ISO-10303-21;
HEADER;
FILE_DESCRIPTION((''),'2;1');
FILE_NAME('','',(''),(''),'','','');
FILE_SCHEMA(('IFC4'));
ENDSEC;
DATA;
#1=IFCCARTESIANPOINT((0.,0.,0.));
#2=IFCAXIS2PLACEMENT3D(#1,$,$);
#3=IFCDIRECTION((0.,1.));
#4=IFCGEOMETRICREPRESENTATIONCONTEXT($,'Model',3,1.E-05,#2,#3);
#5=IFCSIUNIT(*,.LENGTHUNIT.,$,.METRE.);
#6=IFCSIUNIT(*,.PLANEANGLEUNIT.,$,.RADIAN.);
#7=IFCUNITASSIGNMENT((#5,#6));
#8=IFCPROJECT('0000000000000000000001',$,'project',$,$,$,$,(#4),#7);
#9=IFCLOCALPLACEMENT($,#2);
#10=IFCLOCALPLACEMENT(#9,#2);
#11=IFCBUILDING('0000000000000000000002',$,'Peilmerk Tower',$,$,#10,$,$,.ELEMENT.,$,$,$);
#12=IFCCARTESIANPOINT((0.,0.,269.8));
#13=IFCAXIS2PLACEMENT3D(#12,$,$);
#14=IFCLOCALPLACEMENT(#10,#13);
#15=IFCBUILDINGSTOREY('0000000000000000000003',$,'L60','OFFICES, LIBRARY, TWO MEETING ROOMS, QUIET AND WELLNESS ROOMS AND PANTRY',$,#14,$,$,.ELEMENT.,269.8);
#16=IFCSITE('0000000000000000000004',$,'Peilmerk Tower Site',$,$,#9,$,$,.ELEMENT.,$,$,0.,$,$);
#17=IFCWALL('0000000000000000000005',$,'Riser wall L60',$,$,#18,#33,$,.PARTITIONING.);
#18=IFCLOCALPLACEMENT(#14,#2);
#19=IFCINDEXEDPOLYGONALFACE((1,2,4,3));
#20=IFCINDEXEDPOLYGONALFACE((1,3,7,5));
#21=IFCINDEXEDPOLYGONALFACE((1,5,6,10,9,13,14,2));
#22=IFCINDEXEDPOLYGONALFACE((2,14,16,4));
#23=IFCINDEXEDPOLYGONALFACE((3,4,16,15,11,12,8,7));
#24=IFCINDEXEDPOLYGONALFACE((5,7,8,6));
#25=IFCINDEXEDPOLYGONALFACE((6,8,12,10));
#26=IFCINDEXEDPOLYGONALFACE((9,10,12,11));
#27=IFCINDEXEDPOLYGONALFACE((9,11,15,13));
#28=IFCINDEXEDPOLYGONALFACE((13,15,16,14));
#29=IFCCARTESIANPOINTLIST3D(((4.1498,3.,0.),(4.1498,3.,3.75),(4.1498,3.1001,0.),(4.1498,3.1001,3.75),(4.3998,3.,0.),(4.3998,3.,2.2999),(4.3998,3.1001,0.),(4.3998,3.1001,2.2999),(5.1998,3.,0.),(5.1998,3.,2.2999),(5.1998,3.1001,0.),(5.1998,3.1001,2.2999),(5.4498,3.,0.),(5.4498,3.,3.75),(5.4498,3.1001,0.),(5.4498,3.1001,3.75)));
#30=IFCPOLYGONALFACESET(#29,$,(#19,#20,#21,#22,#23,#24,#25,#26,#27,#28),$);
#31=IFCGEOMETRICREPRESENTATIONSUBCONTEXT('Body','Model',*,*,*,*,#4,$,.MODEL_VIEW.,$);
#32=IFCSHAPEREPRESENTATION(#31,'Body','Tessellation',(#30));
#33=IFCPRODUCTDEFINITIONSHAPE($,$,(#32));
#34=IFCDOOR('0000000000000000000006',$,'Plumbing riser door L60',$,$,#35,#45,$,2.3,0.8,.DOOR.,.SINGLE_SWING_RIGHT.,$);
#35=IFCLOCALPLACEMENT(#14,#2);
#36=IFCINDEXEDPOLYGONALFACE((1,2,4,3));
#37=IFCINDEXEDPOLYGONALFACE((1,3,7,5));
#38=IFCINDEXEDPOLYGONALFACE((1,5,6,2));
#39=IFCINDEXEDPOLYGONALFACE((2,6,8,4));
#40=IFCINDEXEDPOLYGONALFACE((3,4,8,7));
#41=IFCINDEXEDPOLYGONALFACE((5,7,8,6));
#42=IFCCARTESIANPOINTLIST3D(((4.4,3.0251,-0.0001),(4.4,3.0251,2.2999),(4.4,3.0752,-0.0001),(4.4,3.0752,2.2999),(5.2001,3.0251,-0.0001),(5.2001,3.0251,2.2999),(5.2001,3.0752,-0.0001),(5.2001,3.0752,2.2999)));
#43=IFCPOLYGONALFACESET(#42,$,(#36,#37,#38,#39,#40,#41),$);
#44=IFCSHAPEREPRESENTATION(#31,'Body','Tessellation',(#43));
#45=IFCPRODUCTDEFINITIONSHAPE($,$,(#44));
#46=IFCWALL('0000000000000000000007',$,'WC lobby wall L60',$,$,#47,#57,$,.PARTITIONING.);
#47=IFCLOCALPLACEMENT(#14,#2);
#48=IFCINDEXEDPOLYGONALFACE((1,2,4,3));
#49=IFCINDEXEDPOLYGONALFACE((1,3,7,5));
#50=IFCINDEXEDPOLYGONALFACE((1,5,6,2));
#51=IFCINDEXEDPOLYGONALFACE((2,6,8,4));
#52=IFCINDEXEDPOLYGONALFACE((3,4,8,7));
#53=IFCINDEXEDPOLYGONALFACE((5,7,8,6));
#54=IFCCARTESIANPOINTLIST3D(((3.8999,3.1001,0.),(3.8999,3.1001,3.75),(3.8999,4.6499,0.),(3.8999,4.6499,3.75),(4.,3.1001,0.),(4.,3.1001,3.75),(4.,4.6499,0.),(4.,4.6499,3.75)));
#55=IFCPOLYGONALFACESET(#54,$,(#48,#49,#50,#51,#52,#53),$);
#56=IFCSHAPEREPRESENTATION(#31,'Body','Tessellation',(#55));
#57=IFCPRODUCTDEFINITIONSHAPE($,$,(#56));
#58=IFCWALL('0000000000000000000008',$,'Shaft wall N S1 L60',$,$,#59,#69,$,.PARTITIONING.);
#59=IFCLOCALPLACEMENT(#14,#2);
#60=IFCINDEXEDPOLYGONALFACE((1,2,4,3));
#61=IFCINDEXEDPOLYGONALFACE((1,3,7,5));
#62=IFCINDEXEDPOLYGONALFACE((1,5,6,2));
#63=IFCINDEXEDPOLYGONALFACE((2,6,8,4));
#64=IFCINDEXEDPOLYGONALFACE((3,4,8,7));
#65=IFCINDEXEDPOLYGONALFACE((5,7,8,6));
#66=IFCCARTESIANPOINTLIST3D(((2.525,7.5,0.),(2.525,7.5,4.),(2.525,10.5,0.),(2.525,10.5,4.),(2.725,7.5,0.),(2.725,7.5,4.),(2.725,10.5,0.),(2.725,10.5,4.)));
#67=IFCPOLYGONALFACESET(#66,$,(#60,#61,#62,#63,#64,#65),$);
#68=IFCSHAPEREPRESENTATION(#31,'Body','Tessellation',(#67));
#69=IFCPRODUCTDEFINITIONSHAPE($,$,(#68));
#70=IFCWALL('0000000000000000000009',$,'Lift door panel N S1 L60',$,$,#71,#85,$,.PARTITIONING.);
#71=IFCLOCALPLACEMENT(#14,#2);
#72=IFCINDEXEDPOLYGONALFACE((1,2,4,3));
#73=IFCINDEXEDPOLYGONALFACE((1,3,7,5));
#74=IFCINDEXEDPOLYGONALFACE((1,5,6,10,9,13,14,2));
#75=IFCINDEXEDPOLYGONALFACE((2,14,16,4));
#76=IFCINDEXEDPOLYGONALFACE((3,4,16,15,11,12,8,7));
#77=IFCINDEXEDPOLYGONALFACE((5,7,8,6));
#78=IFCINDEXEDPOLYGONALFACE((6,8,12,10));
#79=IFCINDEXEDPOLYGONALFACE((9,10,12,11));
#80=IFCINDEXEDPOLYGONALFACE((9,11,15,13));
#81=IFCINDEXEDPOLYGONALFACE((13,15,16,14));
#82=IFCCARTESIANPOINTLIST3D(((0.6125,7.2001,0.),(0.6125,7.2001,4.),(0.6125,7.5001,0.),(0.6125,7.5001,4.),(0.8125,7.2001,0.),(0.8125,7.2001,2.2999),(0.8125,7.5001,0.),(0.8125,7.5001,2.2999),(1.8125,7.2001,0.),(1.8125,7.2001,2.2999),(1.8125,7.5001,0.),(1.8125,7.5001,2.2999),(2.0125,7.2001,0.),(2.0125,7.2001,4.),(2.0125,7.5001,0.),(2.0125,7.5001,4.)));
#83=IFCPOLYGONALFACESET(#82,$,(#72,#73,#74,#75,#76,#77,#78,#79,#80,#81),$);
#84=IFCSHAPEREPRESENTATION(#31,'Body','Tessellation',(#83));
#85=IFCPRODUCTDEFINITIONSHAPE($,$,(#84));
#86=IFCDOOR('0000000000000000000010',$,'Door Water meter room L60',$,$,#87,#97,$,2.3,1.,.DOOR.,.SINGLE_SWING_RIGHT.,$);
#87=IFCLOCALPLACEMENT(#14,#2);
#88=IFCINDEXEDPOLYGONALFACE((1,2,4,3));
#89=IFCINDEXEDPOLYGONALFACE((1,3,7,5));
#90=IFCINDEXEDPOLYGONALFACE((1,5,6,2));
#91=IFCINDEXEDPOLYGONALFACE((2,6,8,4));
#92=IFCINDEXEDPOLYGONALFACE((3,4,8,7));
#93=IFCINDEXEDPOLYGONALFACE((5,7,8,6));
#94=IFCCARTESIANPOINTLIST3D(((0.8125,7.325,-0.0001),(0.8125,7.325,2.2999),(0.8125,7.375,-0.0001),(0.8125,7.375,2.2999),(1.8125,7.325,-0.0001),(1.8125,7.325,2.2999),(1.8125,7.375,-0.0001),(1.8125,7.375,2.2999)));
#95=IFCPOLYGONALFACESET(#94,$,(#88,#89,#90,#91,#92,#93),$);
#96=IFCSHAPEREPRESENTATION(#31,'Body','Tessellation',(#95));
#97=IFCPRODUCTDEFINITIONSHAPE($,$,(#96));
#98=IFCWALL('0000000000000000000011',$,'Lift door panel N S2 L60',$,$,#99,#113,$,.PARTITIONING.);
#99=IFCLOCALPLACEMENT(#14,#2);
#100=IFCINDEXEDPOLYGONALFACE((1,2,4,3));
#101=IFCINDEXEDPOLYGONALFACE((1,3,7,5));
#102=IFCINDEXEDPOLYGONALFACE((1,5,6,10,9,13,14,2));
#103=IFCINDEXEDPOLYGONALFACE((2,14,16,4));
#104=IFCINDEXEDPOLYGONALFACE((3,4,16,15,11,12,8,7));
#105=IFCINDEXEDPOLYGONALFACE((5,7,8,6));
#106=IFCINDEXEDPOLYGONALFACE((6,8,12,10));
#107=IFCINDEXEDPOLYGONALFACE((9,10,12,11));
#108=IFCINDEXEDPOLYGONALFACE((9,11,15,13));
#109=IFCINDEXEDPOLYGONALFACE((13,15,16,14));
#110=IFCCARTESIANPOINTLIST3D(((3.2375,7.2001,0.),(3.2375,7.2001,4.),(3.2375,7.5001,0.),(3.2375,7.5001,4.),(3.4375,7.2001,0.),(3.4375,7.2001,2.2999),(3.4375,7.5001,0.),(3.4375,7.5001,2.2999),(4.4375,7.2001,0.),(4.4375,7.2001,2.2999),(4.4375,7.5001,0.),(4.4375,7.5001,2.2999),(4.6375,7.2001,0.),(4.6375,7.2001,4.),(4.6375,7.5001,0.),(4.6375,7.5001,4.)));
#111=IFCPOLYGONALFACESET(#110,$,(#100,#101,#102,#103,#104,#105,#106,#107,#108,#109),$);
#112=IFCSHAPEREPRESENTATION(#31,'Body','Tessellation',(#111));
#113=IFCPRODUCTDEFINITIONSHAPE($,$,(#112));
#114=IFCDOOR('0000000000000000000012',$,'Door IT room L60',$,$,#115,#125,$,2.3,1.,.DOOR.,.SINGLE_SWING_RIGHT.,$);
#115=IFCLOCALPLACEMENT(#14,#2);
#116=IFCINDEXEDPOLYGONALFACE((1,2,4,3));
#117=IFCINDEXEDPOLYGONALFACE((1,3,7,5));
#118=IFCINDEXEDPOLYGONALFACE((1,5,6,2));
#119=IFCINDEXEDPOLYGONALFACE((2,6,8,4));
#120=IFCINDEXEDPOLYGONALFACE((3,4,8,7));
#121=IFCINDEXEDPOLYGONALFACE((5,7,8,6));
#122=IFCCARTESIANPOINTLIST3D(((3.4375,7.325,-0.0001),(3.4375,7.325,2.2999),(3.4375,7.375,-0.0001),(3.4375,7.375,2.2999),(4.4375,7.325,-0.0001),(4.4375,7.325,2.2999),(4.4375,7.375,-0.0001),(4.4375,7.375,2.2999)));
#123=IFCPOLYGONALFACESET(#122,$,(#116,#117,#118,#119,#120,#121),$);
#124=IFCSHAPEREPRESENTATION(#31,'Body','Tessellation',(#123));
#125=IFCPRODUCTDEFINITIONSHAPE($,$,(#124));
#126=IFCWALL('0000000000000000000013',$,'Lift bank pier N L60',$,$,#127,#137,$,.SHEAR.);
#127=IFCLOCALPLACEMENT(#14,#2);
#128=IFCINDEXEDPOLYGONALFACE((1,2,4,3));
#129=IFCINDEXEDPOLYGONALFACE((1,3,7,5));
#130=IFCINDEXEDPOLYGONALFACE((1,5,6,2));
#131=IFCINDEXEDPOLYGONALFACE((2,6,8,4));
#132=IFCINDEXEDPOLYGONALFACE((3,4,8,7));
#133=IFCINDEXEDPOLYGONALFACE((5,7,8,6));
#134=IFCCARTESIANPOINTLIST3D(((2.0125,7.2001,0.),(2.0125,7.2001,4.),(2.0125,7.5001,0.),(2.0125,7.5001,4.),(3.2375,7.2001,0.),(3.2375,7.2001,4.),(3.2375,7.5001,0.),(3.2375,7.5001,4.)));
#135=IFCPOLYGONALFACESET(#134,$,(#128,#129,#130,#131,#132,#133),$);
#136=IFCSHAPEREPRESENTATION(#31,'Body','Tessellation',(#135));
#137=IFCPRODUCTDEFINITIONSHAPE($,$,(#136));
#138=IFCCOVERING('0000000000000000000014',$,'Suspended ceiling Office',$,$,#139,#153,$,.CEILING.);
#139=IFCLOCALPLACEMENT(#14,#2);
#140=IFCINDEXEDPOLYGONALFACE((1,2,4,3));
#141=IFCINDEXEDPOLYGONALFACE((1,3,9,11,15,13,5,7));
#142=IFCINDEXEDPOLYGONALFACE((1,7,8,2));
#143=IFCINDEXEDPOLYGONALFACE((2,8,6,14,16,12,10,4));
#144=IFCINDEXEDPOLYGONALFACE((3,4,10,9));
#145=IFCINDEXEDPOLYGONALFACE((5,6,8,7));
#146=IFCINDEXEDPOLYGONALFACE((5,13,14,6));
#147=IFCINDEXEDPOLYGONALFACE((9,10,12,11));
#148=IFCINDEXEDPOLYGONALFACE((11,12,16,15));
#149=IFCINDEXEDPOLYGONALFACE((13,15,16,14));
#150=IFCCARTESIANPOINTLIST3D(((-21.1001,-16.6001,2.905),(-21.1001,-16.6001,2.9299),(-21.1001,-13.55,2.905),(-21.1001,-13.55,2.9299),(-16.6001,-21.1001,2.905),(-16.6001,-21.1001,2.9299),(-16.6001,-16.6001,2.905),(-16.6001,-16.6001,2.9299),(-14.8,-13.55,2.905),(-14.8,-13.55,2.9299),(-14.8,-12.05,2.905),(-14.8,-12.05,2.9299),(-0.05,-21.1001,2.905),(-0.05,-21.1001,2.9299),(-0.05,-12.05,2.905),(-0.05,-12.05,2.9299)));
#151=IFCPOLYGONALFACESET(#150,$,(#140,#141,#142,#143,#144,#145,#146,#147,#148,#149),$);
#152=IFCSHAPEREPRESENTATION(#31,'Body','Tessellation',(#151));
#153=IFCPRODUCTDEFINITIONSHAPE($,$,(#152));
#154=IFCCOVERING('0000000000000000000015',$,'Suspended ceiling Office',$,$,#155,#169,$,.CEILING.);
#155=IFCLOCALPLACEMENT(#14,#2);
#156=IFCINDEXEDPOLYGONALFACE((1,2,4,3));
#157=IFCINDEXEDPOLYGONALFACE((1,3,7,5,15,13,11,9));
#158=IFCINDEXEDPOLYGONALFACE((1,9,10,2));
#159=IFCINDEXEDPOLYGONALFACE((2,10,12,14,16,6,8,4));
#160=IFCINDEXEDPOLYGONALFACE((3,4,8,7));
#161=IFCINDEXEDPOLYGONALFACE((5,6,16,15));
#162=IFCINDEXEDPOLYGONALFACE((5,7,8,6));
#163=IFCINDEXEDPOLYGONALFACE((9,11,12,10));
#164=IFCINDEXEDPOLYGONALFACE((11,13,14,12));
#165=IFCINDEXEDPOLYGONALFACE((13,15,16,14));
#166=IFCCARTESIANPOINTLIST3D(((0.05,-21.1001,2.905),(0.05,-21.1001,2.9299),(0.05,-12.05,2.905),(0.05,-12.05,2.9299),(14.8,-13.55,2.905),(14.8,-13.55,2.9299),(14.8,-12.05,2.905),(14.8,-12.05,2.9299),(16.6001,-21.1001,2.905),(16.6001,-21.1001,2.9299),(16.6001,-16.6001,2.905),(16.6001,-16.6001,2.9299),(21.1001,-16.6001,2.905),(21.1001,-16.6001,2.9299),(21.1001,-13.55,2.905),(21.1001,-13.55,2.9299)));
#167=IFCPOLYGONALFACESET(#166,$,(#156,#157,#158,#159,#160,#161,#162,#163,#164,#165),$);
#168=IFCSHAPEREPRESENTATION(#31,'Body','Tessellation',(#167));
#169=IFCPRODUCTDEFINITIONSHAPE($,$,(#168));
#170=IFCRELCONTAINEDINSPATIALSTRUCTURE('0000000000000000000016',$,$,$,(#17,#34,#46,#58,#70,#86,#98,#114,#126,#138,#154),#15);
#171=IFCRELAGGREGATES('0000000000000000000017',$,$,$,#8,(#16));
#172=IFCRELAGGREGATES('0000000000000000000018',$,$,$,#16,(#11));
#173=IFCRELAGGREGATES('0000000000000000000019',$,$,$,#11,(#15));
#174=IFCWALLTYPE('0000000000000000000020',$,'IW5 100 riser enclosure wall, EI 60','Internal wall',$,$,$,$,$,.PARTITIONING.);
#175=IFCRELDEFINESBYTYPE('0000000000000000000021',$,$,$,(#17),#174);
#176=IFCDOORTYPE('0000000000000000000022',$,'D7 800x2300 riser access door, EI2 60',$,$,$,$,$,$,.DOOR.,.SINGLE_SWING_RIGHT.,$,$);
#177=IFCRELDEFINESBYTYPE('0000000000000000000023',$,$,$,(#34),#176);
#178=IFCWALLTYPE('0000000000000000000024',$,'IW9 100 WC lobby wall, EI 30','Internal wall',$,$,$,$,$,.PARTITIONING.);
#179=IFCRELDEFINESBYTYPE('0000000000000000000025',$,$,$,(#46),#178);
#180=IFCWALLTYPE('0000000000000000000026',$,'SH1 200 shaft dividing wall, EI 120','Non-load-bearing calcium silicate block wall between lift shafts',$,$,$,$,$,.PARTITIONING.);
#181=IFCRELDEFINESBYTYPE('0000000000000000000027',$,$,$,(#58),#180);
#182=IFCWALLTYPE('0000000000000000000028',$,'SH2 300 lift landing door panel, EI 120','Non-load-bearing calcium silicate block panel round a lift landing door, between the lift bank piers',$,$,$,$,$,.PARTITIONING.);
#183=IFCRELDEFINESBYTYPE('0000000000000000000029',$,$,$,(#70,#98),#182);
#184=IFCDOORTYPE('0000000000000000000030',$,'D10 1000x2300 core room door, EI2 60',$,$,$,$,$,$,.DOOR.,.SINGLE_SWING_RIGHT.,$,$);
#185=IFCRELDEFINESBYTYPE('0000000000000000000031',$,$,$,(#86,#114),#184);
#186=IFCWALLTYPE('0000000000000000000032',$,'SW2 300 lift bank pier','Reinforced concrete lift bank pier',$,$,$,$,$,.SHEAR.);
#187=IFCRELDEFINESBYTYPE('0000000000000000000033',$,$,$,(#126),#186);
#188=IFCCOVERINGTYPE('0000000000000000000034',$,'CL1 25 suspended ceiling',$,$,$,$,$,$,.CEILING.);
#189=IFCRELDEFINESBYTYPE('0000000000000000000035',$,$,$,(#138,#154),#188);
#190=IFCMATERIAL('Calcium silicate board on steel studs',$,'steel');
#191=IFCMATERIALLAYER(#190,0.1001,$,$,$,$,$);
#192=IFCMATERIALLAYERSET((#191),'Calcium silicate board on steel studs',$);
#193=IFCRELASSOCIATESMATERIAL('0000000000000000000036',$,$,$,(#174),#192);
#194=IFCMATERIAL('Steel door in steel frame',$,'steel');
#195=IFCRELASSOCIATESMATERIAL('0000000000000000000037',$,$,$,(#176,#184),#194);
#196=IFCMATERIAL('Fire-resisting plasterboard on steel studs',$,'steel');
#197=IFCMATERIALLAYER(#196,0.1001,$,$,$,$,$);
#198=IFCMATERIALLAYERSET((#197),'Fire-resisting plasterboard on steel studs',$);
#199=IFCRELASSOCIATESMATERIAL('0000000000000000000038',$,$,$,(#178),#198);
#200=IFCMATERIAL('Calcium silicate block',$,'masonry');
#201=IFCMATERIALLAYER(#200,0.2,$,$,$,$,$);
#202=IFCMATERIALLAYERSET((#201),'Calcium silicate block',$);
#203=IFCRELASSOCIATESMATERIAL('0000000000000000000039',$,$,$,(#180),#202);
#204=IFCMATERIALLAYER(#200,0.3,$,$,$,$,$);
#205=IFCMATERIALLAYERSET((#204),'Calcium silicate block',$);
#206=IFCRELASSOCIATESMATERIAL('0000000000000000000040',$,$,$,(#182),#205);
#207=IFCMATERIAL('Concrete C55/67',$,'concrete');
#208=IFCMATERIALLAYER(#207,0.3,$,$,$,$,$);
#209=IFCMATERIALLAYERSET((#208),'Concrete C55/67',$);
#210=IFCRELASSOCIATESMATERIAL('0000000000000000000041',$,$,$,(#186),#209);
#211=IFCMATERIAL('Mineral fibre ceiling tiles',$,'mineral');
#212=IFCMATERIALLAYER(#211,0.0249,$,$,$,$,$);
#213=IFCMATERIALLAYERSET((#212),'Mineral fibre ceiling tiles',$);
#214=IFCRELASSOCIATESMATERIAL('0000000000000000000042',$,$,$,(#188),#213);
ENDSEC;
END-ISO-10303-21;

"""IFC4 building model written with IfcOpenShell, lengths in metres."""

from ifc_helpers import new_model, si_unit, direction, frame, frame_2d, origin, place, context, subcontext, project, spatial, polyline, rectangle, outline, extrude, material, layer, layer_set, type_object, element, fill, save


model = new_model("IFC4")

# Units and contexts
model_context = context("Model", 3, precision=1e-05, world=origin(), true_north=direction((0.0, 1.0)))
body_context = subcontext(model_context, "Body", "Model", "MODEL_VIEW")
ifc_project = project(units=[si_unit("LENGTHUNIT", "METRE"), si_unit("PLANEANGLEUNIT", "RADIAN")], contexts=[model_context])

# Site, building, storey
site_placement = place(None, origin())
site = spatial("IfcSite", under=ifc_project, at=site_placement, Name="Peilmerk Tower Site", CompositionType="ELEMENT", RefElevation=0.0)
building_placement = place(site_placement, origin())
building = spatial("IfcBuilding", under=site, at=building_placement, Name="Peilmerk Tower", CompositionType="ELEMENT")
storey_placement = place(building_placement, frame((0.0, 0.0, 269.8)))
storey = spatial("IfcBuildingStorey", under=building, at=storey_placement, Name="L60", Description="OFFICES, LIBRARY, TWO MEETING ROOMS, QUIET AND WELLNESS ROOMS AND PANTRY", CompositionType="ELEMENT", Elevation=269.8)

# Wall, opening, door
ifc_material_1 = material(Name="Calcium silicate board on steel studs", Category="steel")
ifc_layer_1 = layer(ifc_material_1, 0.1001)
ifc_layer_set_1 = layer_set([ifc_layer_1], Name="Calcium silicate board on steel studs")
wall_type_1 = type_object("IfcWallType", Name="IW5 100 riser enclosure wall, EI 60", Description="Internal wall", PredefinedType="PARTITIONING", material=ifc_layer_set_1)
wall_1_placement = place(storey_placement, frame((4.1499, 3.05, 0.0), z_axis=(0.0, 0.0, 1.0), x_axis=(1.0, 0.0, 0.0)))
wall_1 = element("IfcWall", 1, at=wall_1_placement, inside=storey, type_object=wall_type_1, Name="Riser wall L60", PredefinedType="PARTITIONING", context=body_context, shape_type="SweptSolid", body=[
    extrude(rectangle(XDim=1.3, YDim=0.1001, at=frame_2d((0.6499, 0.0))), origin(), (0.0, 0.0, 1.0), 3.75),
])
opening_1_placement = place(wall_1_placement, frame((0.25, 0.0, 0.0)))
opening_1 = element("IfcOpeningElement", 2, at=opening_1_placement, cuts=wall_1, PredefinedType="OPENING", context=body_context, shape_type="SweptSolid", body=[
    extrude(rectangle(XDim=0.8, YDim=2.3, at=frame_2d((0.3999, 1.1499))), frame((0.0, 0.0601, 0.0), z_axis=(0.0, -1.0, 0.0), x_axis=(1.0, 0.0, 0.0)), (0.0, 0.0, 1.0), 0.1201),
])
ifc_material_2 = material(Name="Steel door in steel frame", Category="steel")
door_type_1 = type_object("IfcDoorType", Name="D7 800x2300 riser access door, EI2 60", OperationType="SINGLE_SWING_RIGHT", PredefinedType="DOOR", material=ifc_material_2)
door_1_placement = place(opening_1_placement, frame((0.8, 0.0, 0.0), z_axis=(0.0, 0.0, 1.0), x_axis=(-1.0, 0.0, 0.0)))
door_1 = element("IfcDoor", 3, at=door_1_placement, inside=storey, type_object=door_type_1, Name="Plumbing riser door L60", OperationType="SINGLE_SWING_RIGHT", OverallHeight=2.3, OverallWidth=0.8, PredefinedType="DOOR", context=body_context, shape_type="SweptSolid", body=[
    extrude(rectangle(XDim=0.8, YDim=2.3, at=frame_2d((0.3999, 1.1499))), frame((0.0, 0.0249, 0.0), z_axis=(0.0, -1.0, 0.0), x_axis=(1.0, 0.0, 0.0)), (0.0, 0.0, 1.0), 0.05),
])
fill(opening_1, door_1)

# Walls
ifc_material_3 = material(Name="Fire-resisting plasterboard on steel studs", Category="steel")
ifc_layer_2 = layer(ifc_material_3, 0.1001)
ifc_layer_set_2 = layer_set([ifc_layer_2], Name="Fire-resisting plasterboard on steel studs")
wall_type_2 = type_object("IfcWallType", Name="IW9 100 WC lobby wall, EI 30", Description="Internal wall", PredefinedType="PARTITIONING", material=ifc_layer_set_2)
wall_2_placement = place(storey_placement, frame((3.95, 3.1001, 0.0), z_axis=(0.0, 0.0, 1.0), x_axis=(0.0, 1.0, 0.0)))
element("IfcWall", 4, at=wall_2_placement, inside=storey, type_object=wall_type_2, Name="WC lobby wall L60", PredefinedType="PARTITIONING", context=body_context, shape_type="SweptSolid", body=[
    extrude(rectangle(XDim=1.5498, YDim=0.1001, at=frame_2d((0.7749, 0.0))), origin(), (0.0, 0.0, 1.0), 3.75),
])
ifc_material_4 = material(Name="Calcium silicate block", Category="masonry")
ifc_layer_3 = layer(ifc_material_4, 0.2)
ifc_layer_set_3 = layer_set([ifc_layer_3], Name="Calcium silicate block")
wall_type_3 = type_object("IfcWallType", Name="SH1 200 shaft dividing wall, EI 120", Description="Non-load-bearing calcium silicate block wall between lift shafts", PredefinedType="PARTITIONING", material=ifc_layer_set_3)
wall_3_placement = place(storey_placement, frame((2.625, 7.5, 0.0), z_axis=(0.0, 0.0, 1.0), x_axis=(0.0, 1.0, 0.0)))
element("IfcWall", 5, at=wall_3_placement, inside=storey, type_object=wall_type_3, Name="Shaft wall N S1 L60", PredefinedType="PARTITIONING", context=body_context, shape_type="SweptSolid", body=[
    extrude(rectangle(XDim=3.0, YDim=0.2, at=frame_2d((1.5, 0.0))), origin(), (0.0, 0.0, 1.0), 4.0),
])

# Walls, openings, doors
ifc_layer_4 = layer(ifc_material_4, 0.3)
ifc_layer_set_4 = layer_set([ifc_layer_4], Name="Calcium silicate block")
wall_type_4 = type_object("IfcWallType", Name="SH2 300 lift landing door panel, EI 120", Description="Non-load-bearing calcium silicate block panel round a lift landing door, between the lift bank piers", PredefinedType="PARTITIONING", material=ifc_layer_set_4)
wall_4_placement = place(storey_placement, frame((0.6125, 7.3501, 0.0), z_axis=(0.0, 0.0, 1.0), x_axis=(1.0, 0.0, 0.0)))
wall_4 = element("IfcWall", 6, at=wall_4_placement, inside=storey, type_object=wall_type_4, Name="Lift door panel N S1 L60", PredefinedType="PARTITIONING", context=body_context, shape_type="SweptSolid", body=[
    extrude(rectangle(XDim=1.3999, YDim=0.3, at=frame_2d((0.7, 0.0))), origin(), (0.0, 0.0, 1.0), 4.0),
])
opening_2_placement = place(wall_4_placement, frame((0.2, 0.0, 0.0)))
opening_2 = element("IfcOpeningElement", 7, at=opening_2_placement, cuts=wall_4, PredefinedType="OPENING", context=body_context, shape_type="SweptSolid", body=[
    extrude(rectangle(XDim=1.0, YDim=2.3, at=frame_2d((0.5, 1.1499))), frame((0.0, 0.1599, 0.0), z_axis=(0.0, -1.0, 0.0), x_axis=(1.0, 0.0, 0.0)), (0.0, 0.0, 1.0), 0.3201),
])
door_type_2 = type_object("IfcDoorType", Name="D10 1000x2300 core room door, EI2 60", OperationType="SINGLE_SWING_RIGHT", PredefinedType="DOOR", material=ifc_material_2)
door_2_placement = place(opening_2_placement, origin())
door_2 = element("IfcDoor", 8, at=door_2_placement, inside=storey, type_object=door_type_2, Name="Door Water meter room L60", OperationType="SINGLE_SWING_RIGHT", OverallHeight=2.3, OverallWidth=1.0, PredefinedType="DOOR", context=body_context, shape_type="SweptSolid", body=[
    extrude(rectangle(XDim=1.0, YDim=2.3, at=frame_2d((0.5, 1.1499))), frame((0.0, 0.0249, 0.0), z_axis=(0.0, -1.0, 0.0), x_axis=(1.0, 0.0, 0.0)), (0.0, 0.0, 1.0), 0.05),
])
fill(opening_2, door_2)
wall_5_placement = place(storey_placement, frame((3.2375, 7.3501, 0.0), z_axis=(0.0, 0.0, 1.0), x_axis=(1.0, 0.0, 0.0)))
wall_5 = element("IfcWall", 9, at=wall_5_placement, inside=storey, type_object=wall_type_4, Name="Lift door panel N S2 L60", PredefinedType="PARTITIONING", context=body_context, shape_type="SweptSolid", body=[
    extrude(rectangle(XDim=1.3999, YDim=0.3, at=frame_2d((0.7, 0.0))), origin(), (0.0, 0.0, 1.0), 4.0),
])
opening_3_placement = place(wall_5_placement, frame((0.2, 0.0, 0.0)))
opening_3 = element("IfcOpeningElement", 10, at=opening_3_placement, cuts=wall_5, PredefinedType="OPENING", context=body_context, shape_type="SweptSolid", body=[
    extrude(rectangle(XDim=1.0, YDim=2.3, at=frame_2d((0.5, 1.1499))), frame((0.0, 0.1599, 0.0), z_axis=(0.0, -1.0, 0.0), x_axis=(1.0, 0.0, 0.0)), (0.0, 0.0, 1.0), 0.3201),
])
door_3_placement = place(opening_3_placement, origin())
door_3 = element("IfcDoor", 11, at=door_3_placement, inside=storey, type_object=door_type_2, Name="Door IT room L60", OperationType="SINGLE_SWING_RIGHT", OverallHeight=2.3, OverallWidth=1.0, PredefinedType="DOOR", context=body_context, shape_type="SweptSolid", body=[
    extrude(rectangle(XDim=1.0, YDim=2.3, at=frame_2d((0.5, 1.1499))), frame((0.0, 0.0249, 0.0), z_axis=(0.0, -1.0, 0.0), x_axis=(1.0, 0.0, 0.0)), (0.0, 0.0, 1.0), 0.05),
])
fill(opening_3, door_3)

# Wall
ifc_material_5 = material(Name="Concrete C55/67", Category="concrete")
ifc_layer_5 = layer(ifc_material_5, 0.3)
ifc_layer_set_5 = layer_set([ifc_layer_5], Name="Concrete C55/67")
wall_type_5 = type_object("IfcWallType", Name="SW2 300 lift bank pier", Description="Reinforced concrete lift bank pier", PredefinedType="SHEAR", material=ifc_layer_set_5)
wall_6_placement = place(storey_placement, frame((2.0125, 7.3501, 0.0), z_axis=(0.0, 0.0, 1.0), x_axis=(1.0, 0.0, 0.0)))
element("IfcWall", 12, at=wall_6_placement, inside=storey, type_object=wall_type_5, Name="Lift bank pier N L60", PredefinedType="SHEAR", context=body_context, shape_type="SweptSolid", body=[
    extrude(rectangle(XDim=1.2251, YDim=0.3, at=frame_2d((0.6125, 0.0))), origin(), (0.0, 0.0, 1.0), 4.0),
])

# Coverings
ifc_material_6 = material(Name="Mineral fibre ceiling tiles", Category="mineral")
ifc_layer_6 = layer(ifc_material_6, 0.0249)
ifc_layer_set_6 = layer_set([ifc_layer_6], Name="Mineral fibre ceiling tiles")
covering_type = type_object("IfcCoveringType", Name="CL1 25 suspended ceiling", PredefinedType="CEILING", material=ifc_layer_set_6)
covering_1_placement = place(storey_placement, frame((0.0, 0.0, 2.905)))
element("IfcCovering", 13, at=covering_1_placement, inside=storey, type_object=covering_type, Name="Suspended ceiling Office", PredefinedType="CEILING", context=body_context, shape_type="SweptSolid", body=[
    extrude(outline(polyline([(-16.6001, -21.1001), (-0.05, -21.1001), (-0.05, -12.05), (-14.8, -12.05), (-14.8, -13.55), (-21.1001, -13.55), (-21.1001, -16.6001), (-16.6001, -16.6001), (-16.6001, -21.1001)])), origin(), (0.0, 0.0, 1.0), 0.0249),
])
covering_2_placement = place(storey_placement, frame((0.0, 0.0, 2.905)))
element("IfcCovering", 14, at=covering_2_placement, inside=storey, type_object=covering_type, Name="Suspended ceiling Office", PredefinedType="CEILING", context=body_context, shape_type="SweptSolid", body=[
    extrude(outline(polyline([(0.05, -21.1001), (16.6001, -21.1001), (16.6001, -16.6001), (21.1001, -16.6001), (21.1001, -13.55), (14.8, -13.55), (14.8, -12.05), (0.05, -12.05), (0.05, -21.1001)])), origin(), (0.0, 0.0, 1.0), 0.0249),
])

save(model, "model.ifc")
